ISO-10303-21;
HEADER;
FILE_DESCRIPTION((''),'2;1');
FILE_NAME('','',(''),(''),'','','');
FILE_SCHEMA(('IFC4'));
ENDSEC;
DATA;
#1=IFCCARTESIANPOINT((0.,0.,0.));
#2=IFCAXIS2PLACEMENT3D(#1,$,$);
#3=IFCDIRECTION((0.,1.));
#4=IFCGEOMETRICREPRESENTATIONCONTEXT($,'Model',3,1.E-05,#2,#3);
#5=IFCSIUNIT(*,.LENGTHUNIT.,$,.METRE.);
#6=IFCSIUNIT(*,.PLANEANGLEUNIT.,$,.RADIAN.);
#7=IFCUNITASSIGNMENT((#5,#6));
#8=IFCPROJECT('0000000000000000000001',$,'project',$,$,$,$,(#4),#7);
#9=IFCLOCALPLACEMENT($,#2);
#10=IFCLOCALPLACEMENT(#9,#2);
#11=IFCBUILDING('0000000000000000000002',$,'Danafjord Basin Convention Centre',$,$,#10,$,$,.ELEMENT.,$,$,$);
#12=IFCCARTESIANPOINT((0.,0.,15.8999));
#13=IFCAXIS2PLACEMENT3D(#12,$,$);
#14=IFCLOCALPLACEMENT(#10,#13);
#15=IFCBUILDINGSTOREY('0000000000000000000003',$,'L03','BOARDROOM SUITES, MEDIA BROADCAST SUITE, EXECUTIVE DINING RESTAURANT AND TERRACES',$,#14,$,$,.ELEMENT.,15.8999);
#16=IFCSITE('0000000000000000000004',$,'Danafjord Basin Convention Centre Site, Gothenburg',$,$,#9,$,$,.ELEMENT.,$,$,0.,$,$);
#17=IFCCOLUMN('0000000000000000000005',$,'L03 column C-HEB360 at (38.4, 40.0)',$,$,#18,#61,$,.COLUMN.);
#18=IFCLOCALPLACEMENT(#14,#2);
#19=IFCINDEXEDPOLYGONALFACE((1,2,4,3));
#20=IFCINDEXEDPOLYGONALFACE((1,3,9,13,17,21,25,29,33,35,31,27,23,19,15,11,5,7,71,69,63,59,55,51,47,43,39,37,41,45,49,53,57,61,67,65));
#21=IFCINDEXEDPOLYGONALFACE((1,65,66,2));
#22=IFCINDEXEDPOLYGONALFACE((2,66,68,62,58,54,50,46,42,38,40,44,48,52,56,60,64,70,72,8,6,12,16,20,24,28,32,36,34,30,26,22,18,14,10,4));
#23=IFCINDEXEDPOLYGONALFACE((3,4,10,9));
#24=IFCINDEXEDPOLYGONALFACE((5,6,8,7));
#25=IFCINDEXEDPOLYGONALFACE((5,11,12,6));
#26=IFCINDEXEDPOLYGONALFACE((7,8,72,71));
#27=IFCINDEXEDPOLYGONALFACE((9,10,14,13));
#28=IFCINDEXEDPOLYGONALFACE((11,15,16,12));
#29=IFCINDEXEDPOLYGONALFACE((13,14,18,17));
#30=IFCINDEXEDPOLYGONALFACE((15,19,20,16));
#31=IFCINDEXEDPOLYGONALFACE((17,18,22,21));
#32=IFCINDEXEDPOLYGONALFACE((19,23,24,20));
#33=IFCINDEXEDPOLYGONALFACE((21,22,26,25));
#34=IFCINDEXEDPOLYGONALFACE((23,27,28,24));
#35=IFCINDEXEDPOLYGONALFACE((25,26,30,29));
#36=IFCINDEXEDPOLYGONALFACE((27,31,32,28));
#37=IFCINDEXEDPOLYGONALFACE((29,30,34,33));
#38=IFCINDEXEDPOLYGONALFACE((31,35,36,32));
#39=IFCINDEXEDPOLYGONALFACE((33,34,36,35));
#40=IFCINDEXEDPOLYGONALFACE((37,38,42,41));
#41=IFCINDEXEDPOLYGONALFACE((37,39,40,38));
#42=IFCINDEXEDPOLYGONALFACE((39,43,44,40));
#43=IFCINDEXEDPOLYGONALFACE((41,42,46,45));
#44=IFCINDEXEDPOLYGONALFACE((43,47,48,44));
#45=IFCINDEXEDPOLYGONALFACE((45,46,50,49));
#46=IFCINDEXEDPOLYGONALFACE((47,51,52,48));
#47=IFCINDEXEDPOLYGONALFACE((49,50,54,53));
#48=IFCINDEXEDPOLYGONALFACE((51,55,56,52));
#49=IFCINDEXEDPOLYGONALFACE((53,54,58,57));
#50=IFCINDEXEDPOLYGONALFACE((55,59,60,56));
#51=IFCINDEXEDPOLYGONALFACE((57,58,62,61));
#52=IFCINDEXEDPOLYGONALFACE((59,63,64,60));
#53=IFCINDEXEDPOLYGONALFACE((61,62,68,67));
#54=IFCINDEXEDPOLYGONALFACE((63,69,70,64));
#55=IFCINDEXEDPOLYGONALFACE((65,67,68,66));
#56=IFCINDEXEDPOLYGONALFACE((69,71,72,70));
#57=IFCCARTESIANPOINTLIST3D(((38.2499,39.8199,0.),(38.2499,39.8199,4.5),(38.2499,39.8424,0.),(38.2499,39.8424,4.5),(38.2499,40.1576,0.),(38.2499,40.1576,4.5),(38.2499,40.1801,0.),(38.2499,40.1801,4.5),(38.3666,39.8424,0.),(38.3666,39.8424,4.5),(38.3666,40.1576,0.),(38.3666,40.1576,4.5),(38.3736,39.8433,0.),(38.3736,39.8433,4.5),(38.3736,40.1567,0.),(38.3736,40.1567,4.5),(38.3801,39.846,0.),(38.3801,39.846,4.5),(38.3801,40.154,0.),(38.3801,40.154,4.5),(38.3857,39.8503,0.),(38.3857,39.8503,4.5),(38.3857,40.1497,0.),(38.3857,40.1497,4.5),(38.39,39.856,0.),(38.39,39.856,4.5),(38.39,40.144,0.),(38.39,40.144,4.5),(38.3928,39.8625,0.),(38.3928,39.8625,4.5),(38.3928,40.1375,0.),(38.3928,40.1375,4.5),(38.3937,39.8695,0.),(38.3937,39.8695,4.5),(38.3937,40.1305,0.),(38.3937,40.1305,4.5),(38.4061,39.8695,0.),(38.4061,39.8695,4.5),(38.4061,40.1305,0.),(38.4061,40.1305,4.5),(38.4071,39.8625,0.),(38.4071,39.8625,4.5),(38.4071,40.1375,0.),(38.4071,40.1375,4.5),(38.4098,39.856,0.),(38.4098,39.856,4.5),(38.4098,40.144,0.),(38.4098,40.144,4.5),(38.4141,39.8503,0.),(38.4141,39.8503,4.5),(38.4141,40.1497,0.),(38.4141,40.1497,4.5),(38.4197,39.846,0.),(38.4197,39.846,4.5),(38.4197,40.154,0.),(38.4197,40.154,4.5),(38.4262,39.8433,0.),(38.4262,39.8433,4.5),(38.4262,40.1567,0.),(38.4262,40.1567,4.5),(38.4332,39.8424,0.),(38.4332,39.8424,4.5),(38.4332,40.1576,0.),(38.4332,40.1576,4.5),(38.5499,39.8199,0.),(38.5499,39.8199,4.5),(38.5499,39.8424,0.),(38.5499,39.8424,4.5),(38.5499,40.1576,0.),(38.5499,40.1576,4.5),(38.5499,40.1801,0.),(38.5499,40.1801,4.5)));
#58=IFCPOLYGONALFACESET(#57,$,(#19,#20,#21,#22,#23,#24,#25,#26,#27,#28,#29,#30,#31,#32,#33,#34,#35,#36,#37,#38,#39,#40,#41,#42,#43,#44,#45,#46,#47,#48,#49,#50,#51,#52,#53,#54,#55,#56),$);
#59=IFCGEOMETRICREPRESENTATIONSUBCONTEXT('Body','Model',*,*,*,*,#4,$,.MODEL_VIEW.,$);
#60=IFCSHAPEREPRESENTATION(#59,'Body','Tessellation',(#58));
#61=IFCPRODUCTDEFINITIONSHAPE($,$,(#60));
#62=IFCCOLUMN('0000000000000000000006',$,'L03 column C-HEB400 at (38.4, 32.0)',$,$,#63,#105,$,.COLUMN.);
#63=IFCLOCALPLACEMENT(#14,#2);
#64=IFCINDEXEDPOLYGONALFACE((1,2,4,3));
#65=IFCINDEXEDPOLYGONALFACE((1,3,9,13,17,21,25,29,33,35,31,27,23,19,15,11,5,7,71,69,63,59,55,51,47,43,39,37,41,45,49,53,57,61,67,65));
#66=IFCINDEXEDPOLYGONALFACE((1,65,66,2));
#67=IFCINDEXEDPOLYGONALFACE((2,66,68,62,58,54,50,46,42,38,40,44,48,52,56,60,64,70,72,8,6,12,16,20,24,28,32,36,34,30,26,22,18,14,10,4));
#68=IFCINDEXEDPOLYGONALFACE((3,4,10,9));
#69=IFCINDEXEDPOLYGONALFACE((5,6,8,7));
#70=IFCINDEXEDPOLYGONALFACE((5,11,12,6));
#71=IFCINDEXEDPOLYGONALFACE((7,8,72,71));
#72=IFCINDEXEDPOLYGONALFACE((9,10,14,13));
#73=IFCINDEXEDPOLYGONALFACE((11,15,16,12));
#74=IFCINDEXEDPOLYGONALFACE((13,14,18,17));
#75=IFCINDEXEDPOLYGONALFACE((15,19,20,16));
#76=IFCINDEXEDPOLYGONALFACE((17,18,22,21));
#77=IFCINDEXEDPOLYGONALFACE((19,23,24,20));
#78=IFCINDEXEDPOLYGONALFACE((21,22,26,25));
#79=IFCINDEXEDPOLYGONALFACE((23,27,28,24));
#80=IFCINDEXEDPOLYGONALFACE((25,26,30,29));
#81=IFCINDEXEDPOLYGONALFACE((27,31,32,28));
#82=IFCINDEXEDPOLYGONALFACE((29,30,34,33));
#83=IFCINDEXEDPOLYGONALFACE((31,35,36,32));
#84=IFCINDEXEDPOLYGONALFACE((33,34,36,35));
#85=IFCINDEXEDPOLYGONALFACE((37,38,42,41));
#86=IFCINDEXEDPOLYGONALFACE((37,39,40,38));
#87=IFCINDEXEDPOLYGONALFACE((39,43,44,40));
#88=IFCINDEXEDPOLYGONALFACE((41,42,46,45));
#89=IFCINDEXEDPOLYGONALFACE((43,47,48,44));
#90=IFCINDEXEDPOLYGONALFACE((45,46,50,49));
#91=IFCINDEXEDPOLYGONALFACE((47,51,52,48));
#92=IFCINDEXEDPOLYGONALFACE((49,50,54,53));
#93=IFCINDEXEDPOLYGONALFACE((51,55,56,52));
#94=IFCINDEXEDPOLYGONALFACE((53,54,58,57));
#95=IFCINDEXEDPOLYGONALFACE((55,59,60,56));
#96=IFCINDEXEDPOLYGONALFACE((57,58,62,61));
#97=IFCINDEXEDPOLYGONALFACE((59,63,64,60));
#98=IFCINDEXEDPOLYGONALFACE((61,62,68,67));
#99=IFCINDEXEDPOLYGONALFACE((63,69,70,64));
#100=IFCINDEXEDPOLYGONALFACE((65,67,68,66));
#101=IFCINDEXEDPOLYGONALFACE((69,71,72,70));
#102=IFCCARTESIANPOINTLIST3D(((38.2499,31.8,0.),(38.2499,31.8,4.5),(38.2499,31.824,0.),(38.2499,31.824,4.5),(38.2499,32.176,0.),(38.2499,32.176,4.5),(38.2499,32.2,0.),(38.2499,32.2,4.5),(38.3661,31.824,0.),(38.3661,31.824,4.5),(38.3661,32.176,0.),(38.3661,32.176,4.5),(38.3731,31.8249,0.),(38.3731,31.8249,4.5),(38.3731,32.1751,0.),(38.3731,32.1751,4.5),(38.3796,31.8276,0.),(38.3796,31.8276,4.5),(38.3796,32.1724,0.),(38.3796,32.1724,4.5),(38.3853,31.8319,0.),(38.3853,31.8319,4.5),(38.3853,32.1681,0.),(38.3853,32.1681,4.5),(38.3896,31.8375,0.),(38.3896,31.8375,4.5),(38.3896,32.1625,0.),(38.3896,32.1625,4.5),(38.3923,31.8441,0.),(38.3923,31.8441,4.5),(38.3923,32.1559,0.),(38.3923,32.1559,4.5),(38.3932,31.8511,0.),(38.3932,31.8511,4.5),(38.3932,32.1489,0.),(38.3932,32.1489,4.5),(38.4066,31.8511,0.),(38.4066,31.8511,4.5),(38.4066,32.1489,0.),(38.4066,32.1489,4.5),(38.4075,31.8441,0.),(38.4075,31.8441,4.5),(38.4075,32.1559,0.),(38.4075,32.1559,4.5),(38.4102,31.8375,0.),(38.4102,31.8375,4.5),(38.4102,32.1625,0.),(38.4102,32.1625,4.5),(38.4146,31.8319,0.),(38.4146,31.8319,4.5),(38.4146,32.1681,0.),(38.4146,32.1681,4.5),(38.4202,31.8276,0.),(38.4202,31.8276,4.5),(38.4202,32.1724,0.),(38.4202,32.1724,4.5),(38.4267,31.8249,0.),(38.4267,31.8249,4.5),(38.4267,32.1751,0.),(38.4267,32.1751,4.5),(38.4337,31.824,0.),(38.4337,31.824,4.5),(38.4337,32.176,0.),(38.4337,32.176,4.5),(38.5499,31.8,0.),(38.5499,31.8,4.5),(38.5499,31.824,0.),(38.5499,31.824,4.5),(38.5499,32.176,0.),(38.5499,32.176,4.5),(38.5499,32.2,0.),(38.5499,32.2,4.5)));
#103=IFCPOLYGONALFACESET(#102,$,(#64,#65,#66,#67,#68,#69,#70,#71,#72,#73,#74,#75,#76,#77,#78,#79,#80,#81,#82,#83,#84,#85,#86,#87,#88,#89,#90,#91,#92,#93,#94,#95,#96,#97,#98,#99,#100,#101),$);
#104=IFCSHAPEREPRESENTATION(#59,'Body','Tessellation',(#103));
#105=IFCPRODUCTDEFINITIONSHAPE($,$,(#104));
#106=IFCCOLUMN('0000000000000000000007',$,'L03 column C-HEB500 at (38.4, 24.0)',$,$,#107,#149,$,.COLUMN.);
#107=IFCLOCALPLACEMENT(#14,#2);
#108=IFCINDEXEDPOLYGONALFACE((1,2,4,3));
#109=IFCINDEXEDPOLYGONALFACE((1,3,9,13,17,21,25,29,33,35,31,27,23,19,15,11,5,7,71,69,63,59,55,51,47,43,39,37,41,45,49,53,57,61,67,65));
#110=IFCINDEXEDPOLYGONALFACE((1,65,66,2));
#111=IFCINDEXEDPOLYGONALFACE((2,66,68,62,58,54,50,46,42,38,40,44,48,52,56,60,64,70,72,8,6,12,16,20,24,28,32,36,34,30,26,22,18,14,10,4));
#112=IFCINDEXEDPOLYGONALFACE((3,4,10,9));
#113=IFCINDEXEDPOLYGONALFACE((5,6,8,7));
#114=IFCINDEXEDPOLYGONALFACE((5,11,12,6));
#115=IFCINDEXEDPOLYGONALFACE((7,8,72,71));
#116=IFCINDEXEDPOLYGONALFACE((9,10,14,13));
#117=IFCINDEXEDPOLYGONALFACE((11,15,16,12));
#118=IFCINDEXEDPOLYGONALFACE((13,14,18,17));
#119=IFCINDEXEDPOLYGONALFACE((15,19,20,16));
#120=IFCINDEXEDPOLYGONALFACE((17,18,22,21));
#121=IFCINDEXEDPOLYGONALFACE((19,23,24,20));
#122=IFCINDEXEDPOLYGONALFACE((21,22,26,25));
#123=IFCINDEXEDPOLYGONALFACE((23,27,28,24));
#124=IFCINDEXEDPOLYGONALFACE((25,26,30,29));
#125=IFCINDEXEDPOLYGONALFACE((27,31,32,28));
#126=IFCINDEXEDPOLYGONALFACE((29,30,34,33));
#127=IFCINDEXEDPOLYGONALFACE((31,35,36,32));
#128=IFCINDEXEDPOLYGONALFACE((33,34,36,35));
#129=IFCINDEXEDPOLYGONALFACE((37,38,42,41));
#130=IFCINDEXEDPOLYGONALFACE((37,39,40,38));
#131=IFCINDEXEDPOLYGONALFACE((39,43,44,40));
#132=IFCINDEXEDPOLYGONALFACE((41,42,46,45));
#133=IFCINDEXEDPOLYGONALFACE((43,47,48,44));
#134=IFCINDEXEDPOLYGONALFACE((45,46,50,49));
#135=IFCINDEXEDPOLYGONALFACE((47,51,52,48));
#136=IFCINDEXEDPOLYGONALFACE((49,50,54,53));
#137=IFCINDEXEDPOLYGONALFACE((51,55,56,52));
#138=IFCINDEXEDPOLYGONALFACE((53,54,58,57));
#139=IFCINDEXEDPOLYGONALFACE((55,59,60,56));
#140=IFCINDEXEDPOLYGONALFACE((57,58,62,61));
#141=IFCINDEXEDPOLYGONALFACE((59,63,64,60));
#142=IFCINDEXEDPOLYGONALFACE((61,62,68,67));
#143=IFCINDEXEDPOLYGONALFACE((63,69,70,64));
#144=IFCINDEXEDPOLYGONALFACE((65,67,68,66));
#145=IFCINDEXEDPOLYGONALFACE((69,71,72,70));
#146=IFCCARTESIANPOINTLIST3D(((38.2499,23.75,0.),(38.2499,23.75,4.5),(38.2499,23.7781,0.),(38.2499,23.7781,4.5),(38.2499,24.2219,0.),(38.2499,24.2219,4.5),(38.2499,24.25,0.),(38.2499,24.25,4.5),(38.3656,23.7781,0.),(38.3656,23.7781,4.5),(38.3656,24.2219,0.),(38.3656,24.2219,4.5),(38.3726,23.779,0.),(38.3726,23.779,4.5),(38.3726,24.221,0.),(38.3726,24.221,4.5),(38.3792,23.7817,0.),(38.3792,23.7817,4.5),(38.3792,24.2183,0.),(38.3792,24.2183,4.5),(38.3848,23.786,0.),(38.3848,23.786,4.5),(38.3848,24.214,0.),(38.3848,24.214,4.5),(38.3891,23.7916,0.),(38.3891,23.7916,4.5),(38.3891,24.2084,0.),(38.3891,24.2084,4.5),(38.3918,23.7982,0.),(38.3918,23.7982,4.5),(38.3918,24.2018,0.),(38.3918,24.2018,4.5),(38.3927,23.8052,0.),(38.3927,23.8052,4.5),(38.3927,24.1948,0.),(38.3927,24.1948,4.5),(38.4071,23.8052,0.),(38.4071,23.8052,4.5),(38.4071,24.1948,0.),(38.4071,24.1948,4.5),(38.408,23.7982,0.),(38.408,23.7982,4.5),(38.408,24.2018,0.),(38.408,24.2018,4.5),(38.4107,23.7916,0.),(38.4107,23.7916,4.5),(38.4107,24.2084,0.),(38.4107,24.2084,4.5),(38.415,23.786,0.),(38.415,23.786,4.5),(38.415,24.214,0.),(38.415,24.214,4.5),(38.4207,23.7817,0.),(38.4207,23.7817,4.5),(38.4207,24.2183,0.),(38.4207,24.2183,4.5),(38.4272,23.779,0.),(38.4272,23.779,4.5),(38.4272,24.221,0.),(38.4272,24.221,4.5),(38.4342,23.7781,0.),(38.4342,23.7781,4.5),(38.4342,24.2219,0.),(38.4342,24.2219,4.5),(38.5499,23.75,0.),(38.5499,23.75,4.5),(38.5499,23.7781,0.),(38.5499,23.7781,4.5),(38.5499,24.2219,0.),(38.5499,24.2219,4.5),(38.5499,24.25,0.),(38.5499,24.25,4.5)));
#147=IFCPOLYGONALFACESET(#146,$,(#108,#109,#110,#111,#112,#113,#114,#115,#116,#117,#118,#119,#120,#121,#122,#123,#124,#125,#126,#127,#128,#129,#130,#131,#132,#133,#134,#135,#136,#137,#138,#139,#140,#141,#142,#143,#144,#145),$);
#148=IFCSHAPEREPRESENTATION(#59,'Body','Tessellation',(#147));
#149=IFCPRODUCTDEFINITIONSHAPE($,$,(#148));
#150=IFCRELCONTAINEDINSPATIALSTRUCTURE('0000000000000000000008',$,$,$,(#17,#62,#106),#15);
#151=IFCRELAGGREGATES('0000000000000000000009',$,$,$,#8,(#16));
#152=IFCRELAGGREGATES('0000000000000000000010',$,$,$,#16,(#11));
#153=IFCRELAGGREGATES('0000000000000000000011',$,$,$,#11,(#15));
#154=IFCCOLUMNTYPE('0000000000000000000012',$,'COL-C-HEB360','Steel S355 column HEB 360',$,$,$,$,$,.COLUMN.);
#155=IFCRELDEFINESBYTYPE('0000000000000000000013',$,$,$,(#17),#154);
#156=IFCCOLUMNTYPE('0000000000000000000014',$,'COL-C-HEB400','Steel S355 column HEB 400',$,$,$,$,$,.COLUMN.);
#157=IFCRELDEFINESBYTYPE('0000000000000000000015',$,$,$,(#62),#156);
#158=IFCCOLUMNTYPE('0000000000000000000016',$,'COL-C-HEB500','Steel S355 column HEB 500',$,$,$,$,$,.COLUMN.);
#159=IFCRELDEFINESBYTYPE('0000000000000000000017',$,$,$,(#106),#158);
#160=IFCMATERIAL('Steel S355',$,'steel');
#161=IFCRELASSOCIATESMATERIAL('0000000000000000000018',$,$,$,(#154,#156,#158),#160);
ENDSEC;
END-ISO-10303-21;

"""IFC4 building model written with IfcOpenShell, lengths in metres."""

from ifc_helpers import new_model, si_unit, direction, frame, origin, origin_2d, place, context, subcontext, project, spatial, i_section, extrude, material, material_profile, profile_set, type_object, element, save


model = new_model("IFC4")

# Units and contexts
model_context = context("Model", 3, precision=1e-05, world=origin(), true_north=direction((0.0, 1.0)))
body_context = subcontext(model_context, "Body", "Model", "MODEL_VIEW")
ifc_project = project(units=[si_unit("LENGTHUNIT", "METRE"), si_unit("PLANEANGLEUNIT", "RADIAN")], contexts=[model_context])

# Site, building, storey
site_placement = place(None, origin())
site = spatial("IfcSite", under=ifc_project, at=site_placement, Name="Danafjord Basin Convention Centre Site, Gothenburg", CompositionType="ELEMENT", RefElevation=0.0)
building_placement = place(site_placement, origin())
building = spatial("IfcBuilding", under=site, at=building_placement, Name="Danafjord Basin Convention Centre", CompositionType="ELEMENT")
storey_placement = place(building_placement, frame((0.0, 0.0, 15.8999)))
storey = spatial("IfcBuildingStorey", under=building, at=storey_placement, Name="L03", Description="BOARDROOM SUITES, MEDIA BROADCAST SUITE, EXECUTIVE DINING RESTAURANT AND TERRACES", CompositionType="ELEMENT", Elevation=15.8999)

# Columns
ifc_material_1 = material(Name="Steel S355", Category="steel")
ifc_material_profile_1 = material_profile(ifc_material_1, i_section(OverallWidth=0.3, OverallDepth=0.3601, WebThickness=0.0125, FlangeThickness=0.0225, FilletRadius=0.0271, at=origin_2d()), Name="HEB 360")
ifc_profile_set_1 = profile_set([ifc_material_profile_1], Name="Steel S355")
column_type_1 = type_object("IfcColumnType", Name="COL-C-HEB360", Description="Steel S355 column HEB 360", PredefinedType="COLUMN", material=ifc_profile_set_1)
column_1_placement = place(storey_placement, frame((38.3999, 40.0, 0.0), z_axis=(0.0, 0.0, 1.0), x_axis=(1.0, 0.0, 0.0)))
element("IfcColumn", 1, at=column_1_placement, inside=storey, type_object=column_type_1, Name="L03 column C-HEB360 at (38.4, 40.0)", PredefinedType="COLUMN", context=body_context, shape_type="SweptSolid", body=[
    extrude(i_section(OverallWidth=0.3, OverallDepth=0.3601, WebThickness=0.0125, FlangeThickness=0.0225, FilletRadius=0.0271, at=origin_2d()), origin(), (0.0, 0.0, 1.0), 4.5),
])
ifc_material_profile_2 = material_profile(ifc_material_1, i_section(OverallWidth=0.3, OverallDepth=0.3999, WebThickness=0.0134, FlangeThickness=0.0239, FilletRadius=0.0271, at=origin_2d()), Name="HEB 400")
ifc_profile_set_2 = profile_set([ifc_material_profile_2], Name="Steel S355")
column_type_2 = type_object("IfcColumnType", Name="COL-C-HEB400", Description="Steel S355 column HEB 400", PredefinedType="COLUMN", material=ifc_profile_set_2)
column_2_placement = place(storey_placement, frame((38.3999, 32.0, 0.0), z_axis=(0.0, 0.0, 1.0), x_axis=(1.0, 0.0, 0.0)))
element("IfcColumn", 2, at=column_2_placement, inside=storey, type_object=column_type_2, Name="L03 column C-HEB400 at (38.4, 32.0)", PredefinedType="COLUMN", context=body_context, shape_type="SweptSolid", body=[
    extrude(i_section(OverallWidth=0.3, OverallDepth=0.3999, WebThickness=0.0134, FlangeThickness=0.0239, FilletRadius=0.0271, at=origin_2d()), origin(), (0.0, 0.0, 1.0), 4.5),
])
ifc_material_profile_3 = material_profile(ifc_material_1, i_section(OverallWidth=0.3, OverallDepth=0.5, WebThickness=0.0144, FlangeThickness=0.0281, FilletRadius=0.0271, at=origin_2d()), Name="HEB 500")
ifc_profile_set_3 = profile_set([ifc_material_profile_3], Name="Steel S355")
column_type_3 = type_object("IfcColumnType", Name="COL-C-HEB500", Description="Steel S355 column HEB 500", PredefinedType="COLUMN", material=ifc_profile_set_3)
column_3_placement = place(storey_placement, frame((38.3999, 24.0, 0.0), z_axis=(0.0, 0.0, 1.0), x_axis=(1.0, 0.0, 0.0)))
element("IfcColumn", 3, at=column_3_placement, inside=storey, type_object=column_type_3, Name="L03 column C-HEB500 at (38.4, 24.0)", PredefinedType="COLUMN", context=body_context, shape_type="SweptSolid", body=[
    extrude(i_section(OverallWidth=0.3, OverallDepth=0.5, WebThickness=0.0144, FlangeThickness=0.0281, FilletRadius=0.0271, at=origin_2d()), origin(), (0.0, 0.0, 1.0), 4.5),
])

save(model, "model.ifc")
